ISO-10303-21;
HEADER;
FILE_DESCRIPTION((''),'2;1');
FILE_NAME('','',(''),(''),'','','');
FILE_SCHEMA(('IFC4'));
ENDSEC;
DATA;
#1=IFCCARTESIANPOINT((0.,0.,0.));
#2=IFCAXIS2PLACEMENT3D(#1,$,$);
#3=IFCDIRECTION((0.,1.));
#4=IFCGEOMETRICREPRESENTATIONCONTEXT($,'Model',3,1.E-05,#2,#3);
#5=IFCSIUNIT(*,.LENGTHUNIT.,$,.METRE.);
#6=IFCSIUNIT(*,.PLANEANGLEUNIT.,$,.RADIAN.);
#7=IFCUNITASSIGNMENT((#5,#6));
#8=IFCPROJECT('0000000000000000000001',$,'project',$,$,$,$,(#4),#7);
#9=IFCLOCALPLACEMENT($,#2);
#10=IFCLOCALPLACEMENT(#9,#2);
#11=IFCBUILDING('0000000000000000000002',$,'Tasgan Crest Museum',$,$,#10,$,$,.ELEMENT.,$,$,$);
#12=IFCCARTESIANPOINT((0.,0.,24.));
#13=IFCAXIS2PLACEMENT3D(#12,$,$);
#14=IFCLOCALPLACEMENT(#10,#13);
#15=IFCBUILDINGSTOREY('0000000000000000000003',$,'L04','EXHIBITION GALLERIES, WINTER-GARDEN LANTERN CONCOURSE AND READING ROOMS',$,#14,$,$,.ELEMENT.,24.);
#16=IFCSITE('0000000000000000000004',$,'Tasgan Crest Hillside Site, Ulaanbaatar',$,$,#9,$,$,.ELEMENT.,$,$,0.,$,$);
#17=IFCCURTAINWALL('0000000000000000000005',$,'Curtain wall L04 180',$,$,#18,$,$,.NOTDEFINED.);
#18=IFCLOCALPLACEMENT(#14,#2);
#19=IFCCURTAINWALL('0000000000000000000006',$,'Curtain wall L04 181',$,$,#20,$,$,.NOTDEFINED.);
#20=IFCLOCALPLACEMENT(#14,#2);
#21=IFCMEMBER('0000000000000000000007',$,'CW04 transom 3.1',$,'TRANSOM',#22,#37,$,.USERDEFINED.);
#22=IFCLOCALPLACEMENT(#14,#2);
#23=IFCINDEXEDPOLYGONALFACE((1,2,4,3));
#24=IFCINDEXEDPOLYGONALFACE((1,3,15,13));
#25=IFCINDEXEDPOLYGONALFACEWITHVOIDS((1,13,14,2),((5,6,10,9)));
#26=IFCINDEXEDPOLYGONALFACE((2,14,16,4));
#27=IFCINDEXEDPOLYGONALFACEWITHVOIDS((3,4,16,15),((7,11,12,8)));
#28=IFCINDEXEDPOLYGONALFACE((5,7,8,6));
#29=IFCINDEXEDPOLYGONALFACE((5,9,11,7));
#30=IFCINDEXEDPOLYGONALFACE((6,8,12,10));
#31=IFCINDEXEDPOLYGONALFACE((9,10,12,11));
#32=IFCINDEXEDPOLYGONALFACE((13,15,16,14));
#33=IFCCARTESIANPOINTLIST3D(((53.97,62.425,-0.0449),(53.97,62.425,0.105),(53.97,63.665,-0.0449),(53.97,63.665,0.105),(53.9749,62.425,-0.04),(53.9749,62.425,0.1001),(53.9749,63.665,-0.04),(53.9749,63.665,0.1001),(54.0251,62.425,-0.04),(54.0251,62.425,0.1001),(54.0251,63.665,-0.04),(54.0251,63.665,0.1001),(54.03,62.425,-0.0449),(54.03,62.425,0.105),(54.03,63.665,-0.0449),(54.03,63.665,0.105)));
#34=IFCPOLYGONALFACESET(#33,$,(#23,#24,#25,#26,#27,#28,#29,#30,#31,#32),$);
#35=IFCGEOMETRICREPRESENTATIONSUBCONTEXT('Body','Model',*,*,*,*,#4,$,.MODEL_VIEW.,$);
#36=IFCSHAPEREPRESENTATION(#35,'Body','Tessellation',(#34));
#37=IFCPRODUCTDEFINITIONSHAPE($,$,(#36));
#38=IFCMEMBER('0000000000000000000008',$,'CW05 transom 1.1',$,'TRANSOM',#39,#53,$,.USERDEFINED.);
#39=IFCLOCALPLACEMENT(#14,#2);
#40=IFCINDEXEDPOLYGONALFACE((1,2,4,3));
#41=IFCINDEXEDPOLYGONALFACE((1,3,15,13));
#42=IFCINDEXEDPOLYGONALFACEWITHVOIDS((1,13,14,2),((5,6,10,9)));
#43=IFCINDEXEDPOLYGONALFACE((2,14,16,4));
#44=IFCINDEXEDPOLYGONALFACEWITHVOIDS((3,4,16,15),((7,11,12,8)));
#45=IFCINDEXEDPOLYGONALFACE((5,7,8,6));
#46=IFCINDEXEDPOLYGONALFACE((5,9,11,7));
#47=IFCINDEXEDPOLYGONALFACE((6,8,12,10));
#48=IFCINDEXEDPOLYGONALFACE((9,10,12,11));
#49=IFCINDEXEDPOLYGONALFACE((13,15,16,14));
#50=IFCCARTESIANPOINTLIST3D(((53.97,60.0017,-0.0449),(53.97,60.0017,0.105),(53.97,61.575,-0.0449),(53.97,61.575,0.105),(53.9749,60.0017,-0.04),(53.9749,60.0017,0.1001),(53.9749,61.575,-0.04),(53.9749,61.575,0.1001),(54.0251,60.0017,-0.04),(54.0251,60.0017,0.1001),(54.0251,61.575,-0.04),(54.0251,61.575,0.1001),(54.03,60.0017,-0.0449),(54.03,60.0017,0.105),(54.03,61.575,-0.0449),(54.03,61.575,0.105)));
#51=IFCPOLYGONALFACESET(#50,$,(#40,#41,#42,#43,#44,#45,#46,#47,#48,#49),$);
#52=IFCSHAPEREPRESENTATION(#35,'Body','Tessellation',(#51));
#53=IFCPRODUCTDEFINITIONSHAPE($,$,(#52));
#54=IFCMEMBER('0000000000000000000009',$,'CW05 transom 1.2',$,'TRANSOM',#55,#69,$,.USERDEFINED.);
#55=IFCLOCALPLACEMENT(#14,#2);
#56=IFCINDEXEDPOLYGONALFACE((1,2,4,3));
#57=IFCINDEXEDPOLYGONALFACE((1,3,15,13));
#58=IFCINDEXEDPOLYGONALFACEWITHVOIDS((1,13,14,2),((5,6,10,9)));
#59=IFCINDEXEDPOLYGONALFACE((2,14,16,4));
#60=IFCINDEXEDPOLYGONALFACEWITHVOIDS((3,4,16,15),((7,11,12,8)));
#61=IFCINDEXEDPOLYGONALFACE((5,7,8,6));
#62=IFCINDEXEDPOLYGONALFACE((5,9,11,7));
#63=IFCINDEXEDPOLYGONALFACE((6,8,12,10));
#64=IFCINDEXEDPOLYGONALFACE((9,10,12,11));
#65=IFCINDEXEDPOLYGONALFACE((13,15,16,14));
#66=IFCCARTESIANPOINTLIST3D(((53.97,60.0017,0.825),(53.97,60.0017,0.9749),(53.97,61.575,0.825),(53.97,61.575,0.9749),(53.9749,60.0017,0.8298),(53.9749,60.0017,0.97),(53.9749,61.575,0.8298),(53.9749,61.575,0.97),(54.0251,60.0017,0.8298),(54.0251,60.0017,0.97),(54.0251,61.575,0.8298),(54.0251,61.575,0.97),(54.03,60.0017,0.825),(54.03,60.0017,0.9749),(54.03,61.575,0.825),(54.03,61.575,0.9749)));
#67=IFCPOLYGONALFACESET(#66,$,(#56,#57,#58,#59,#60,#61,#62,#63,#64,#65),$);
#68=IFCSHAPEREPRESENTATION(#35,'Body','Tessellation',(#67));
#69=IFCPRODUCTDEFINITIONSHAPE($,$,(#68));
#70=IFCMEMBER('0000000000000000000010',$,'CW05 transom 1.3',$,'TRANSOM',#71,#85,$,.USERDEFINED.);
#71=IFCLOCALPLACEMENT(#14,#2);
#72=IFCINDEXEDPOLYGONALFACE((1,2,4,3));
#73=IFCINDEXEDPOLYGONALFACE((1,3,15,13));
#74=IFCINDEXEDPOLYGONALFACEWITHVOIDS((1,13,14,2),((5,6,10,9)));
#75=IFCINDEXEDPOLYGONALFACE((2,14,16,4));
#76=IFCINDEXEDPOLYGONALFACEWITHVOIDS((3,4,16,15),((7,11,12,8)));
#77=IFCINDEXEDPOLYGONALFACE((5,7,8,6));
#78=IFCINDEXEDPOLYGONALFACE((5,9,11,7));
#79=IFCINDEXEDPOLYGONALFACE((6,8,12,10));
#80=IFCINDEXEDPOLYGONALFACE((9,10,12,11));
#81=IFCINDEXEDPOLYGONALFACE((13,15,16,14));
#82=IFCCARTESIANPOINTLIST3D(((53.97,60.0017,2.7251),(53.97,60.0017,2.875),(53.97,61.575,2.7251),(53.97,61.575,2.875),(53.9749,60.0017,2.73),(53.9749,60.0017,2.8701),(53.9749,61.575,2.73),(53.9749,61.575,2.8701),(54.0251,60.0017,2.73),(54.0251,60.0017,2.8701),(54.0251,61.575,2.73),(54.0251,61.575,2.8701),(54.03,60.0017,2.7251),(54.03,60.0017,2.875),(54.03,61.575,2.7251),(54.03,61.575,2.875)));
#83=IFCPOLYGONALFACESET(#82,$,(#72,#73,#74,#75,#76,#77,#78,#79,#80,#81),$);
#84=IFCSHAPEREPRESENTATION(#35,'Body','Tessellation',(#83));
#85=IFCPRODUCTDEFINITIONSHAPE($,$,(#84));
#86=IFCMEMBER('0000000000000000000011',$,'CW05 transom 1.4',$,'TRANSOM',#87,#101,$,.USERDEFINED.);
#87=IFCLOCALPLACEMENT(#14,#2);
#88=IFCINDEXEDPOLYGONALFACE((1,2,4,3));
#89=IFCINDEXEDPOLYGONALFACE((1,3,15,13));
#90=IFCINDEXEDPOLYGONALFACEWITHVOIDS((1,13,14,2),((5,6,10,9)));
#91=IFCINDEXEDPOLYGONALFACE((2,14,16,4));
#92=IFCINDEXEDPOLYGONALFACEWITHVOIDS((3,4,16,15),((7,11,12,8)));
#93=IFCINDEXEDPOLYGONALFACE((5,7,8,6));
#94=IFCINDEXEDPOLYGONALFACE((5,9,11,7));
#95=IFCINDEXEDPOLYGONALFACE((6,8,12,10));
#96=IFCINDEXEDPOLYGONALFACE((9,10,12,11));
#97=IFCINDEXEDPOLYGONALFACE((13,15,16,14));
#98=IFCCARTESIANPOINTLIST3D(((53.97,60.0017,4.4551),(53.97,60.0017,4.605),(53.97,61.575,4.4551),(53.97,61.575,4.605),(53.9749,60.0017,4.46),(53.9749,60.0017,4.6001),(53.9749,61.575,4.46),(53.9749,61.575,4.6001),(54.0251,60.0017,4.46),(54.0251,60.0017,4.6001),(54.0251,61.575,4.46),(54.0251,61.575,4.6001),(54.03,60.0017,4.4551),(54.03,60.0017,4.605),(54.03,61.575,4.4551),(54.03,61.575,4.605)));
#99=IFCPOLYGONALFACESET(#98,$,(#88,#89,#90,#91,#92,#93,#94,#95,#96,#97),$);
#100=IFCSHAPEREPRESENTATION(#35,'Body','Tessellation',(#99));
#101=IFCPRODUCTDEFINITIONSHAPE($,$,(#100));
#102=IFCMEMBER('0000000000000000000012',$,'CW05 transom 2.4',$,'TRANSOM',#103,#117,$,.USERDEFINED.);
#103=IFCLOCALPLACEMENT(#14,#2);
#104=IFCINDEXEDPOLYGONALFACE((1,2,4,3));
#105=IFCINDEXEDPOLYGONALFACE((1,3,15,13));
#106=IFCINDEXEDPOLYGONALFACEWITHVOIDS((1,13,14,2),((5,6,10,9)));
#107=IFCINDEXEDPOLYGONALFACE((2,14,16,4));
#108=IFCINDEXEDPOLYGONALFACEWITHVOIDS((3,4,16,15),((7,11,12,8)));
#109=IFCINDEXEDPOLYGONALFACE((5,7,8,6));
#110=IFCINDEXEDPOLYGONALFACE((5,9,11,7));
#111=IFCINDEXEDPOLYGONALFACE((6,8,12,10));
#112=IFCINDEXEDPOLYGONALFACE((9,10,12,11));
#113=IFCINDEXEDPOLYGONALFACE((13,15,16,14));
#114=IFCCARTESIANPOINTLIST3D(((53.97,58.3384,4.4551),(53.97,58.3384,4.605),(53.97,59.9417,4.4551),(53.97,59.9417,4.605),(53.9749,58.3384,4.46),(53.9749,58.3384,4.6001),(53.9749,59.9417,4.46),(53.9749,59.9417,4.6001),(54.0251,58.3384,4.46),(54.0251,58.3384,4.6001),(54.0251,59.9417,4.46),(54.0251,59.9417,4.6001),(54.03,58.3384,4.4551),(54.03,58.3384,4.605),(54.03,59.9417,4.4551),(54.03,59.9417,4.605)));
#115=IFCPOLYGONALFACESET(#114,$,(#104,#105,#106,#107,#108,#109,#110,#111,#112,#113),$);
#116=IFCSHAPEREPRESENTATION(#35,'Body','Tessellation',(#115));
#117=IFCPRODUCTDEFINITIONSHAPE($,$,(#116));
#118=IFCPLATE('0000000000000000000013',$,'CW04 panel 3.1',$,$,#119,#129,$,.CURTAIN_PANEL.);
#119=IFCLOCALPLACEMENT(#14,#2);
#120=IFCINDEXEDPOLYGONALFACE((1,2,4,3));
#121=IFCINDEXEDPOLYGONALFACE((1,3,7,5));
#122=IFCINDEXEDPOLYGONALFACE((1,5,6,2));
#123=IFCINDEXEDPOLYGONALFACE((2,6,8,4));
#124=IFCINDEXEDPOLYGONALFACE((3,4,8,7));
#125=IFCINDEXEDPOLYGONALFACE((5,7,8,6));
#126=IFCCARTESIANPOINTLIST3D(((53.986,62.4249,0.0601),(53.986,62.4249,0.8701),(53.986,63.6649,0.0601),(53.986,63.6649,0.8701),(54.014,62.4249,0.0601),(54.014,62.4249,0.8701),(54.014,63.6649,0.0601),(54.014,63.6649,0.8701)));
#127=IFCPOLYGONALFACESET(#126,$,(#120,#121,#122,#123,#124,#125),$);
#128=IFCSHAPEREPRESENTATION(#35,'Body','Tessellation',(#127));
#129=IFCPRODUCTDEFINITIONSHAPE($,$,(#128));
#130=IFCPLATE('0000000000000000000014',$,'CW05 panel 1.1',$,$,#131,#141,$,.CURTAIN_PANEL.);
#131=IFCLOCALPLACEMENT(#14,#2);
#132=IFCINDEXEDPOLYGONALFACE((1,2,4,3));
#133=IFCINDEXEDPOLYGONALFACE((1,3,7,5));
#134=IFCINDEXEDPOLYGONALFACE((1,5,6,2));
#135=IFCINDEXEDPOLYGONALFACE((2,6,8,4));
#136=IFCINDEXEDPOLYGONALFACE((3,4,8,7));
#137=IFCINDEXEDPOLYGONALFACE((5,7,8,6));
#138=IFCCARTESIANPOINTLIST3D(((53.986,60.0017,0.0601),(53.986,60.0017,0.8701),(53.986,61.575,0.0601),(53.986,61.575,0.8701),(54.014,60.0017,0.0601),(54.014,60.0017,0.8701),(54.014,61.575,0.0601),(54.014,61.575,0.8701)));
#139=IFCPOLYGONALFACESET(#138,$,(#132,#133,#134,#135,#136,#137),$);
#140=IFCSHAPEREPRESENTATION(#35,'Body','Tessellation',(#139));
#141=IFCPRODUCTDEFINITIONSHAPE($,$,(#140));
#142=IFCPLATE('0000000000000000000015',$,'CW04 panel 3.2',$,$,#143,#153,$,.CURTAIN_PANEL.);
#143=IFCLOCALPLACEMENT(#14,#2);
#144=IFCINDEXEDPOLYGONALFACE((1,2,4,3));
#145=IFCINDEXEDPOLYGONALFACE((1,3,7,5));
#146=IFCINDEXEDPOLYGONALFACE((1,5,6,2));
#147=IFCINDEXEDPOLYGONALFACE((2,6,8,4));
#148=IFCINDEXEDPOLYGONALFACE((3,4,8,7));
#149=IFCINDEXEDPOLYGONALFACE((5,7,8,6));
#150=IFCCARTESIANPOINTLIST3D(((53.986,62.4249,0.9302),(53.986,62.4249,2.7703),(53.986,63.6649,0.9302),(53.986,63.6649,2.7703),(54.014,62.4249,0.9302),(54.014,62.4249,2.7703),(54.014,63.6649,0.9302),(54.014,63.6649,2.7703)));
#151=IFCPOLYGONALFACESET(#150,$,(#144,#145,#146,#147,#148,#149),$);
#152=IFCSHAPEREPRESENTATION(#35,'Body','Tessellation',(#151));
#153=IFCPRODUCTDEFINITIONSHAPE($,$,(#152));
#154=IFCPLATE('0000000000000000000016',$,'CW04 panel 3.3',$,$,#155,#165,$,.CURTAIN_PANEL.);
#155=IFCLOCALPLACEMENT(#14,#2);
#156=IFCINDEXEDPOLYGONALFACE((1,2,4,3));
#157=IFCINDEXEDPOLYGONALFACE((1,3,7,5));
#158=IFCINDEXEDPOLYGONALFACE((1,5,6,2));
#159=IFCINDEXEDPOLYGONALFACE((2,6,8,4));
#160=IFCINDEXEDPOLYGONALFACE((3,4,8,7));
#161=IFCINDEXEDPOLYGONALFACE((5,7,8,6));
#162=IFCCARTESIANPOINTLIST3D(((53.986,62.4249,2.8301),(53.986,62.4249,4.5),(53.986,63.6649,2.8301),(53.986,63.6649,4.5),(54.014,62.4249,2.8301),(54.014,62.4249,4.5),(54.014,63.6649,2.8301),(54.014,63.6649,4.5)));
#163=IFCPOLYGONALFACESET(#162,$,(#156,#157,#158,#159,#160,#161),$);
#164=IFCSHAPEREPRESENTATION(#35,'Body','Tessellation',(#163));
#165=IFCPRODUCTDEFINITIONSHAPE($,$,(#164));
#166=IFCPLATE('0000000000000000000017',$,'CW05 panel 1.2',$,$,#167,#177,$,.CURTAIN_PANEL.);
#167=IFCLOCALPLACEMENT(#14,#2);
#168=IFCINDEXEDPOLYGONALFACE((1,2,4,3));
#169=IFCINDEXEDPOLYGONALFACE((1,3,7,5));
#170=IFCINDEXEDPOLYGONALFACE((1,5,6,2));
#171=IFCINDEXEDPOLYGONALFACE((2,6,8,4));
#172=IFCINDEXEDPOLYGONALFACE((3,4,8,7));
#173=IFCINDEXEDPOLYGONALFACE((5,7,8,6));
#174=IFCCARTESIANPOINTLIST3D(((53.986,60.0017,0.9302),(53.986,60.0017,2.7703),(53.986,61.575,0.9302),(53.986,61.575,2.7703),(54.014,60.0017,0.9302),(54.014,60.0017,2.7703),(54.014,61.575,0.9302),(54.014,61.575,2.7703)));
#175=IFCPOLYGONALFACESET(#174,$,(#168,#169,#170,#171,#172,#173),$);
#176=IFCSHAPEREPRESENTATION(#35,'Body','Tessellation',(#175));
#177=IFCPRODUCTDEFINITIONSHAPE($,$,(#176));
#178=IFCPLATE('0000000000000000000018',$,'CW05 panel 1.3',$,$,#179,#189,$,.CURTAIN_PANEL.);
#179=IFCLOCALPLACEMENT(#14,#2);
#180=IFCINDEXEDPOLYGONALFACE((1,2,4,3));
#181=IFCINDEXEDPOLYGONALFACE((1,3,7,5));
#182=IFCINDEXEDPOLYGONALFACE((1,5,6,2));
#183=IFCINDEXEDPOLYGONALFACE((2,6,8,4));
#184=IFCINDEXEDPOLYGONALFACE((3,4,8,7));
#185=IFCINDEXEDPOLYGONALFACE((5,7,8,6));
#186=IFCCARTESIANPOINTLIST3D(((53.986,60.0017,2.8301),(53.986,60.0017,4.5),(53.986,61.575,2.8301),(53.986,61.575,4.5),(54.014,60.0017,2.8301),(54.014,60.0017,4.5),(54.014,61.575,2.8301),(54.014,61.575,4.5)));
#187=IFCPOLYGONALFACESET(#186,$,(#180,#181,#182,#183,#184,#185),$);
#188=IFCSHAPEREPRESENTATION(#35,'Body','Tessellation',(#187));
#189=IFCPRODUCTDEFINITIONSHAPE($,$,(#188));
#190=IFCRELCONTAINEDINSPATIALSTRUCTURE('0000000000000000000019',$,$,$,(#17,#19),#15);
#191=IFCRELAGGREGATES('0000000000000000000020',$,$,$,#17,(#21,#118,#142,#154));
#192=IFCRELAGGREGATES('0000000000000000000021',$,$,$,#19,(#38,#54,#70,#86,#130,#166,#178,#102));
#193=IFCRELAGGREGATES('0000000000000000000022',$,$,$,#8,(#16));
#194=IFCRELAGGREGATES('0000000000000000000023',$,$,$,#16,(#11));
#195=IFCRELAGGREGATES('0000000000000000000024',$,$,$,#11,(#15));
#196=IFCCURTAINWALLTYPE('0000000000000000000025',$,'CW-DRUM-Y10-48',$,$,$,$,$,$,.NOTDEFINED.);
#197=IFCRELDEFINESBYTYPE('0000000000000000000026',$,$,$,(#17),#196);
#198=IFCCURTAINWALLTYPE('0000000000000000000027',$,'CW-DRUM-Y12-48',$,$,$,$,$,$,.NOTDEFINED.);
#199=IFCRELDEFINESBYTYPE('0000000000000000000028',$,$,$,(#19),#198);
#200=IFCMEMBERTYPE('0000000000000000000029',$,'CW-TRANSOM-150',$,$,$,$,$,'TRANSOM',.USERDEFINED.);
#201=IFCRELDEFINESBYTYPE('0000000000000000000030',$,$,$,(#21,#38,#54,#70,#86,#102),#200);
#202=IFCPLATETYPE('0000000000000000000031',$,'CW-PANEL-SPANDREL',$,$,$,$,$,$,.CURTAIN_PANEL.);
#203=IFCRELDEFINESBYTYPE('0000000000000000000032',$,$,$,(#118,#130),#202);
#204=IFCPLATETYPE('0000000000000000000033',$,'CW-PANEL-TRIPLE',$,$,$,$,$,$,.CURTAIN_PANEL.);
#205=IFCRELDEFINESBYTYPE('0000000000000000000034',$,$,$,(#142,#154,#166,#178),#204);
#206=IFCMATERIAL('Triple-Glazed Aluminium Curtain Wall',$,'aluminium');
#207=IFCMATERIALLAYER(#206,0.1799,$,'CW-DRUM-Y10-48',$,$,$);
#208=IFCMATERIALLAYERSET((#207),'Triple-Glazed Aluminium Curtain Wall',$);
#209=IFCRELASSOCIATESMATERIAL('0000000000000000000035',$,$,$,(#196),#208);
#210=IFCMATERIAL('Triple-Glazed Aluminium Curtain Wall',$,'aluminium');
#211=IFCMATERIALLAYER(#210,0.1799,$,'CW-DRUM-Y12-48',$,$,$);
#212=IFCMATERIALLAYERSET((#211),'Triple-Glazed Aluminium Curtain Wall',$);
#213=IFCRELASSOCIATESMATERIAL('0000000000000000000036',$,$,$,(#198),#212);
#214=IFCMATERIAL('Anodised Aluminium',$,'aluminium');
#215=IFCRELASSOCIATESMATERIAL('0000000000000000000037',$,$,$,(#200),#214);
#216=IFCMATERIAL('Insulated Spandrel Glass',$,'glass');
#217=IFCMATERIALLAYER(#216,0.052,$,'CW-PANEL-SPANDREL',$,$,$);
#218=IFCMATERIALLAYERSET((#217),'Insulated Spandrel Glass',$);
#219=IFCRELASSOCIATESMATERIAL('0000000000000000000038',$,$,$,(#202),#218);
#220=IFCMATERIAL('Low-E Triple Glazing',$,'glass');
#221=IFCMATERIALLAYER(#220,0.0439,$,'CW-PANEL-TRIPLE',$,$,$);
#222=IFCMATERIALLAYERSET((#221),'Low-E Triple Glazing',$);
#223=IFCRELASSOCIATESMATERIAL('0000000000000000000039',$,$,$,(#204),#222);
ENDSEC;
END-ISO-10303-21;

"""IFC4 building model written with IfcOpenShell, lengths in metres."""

from ifc_helpers import new_model, si_unit, direction, frame, origin, origin_2d, place, context, subcontext, project, spatial, rectangle, hollow_rectangle, extrude, material, layer, layer_set, material_profile, profile_set, type_object, element, aggregate, save


model = new_model("IFC4")

# Units and contexts
model_context = context("Model", 3, precision=1e-05, world=origin(), true_north=direction((0.0, 1.0)))
body_context = subcontext(model_context, "Body", "Model", "MODEL_VIEW")
ifc_project = project(units=[si_unit("LENGTHUNIT", "METRE"), si_unit("PLANEANGLEUNIT", "RADIAN")], contexts=[model_context])

# Site, building, storey
site_placement = place(None, origin())
site = spatial("IfcSite", under=ifc_project, at=site_placement, Name="Tasgan Crest Hillside Site, Ulaanbaatar", CompositionType="ELEMENT", RefElevation=0.0)
building_placement = place(site_placement, origin())
building = spatial("IfcBuilding", under=site, at=building_placement, Name="Tasgan Crest Museum", CompositionType="ELEMENT")
storey_placement = place(building_placement, frame((0.0, 0.0, 24.0)))
storey = spatial("IfcBuildingStorey", under=building, at=storey_placement, Name="L04", Description="EXHIBITION GALLERIES, WINTER-GARDEN LANTERN CONCOURSE AND READING ROOMS", CompositionType="ELEMENT", Elevation=24.0)

# Curtain wall
ifc_material_1 = material(Name="Triple-Glazed Aluminium Curtain Wall", Category="aluminium")
ifc_layer_1 = layer(ifc_material_1, 0.1799, Name="CW-DRUM-Y10-48")
ifc_layer_set_1 = layer_set([ifc_layer_1], Name="Triple-Glazed Aluminium Curtain Wall")
curtain_wall_type_1 = type_object("IfcCurtainWallType", Name="CW-DRUM-Y10-48", PredefinedType="NOTDEFINED", material=ifc_layer_set_1)
curtain_wall_1_placement = place(storey_placement, origin())
curtain_wall_1 = element("IfcCurtainWall", 1, at=curtain_wall_1_placement, inside=storey, type_object=curtain_wall_type_1, Name="Curtain wall L04 180", PredefinedType="NOTDEFINED")

# Curtain wall
ifc_material_2 = material(Name="Triple-Glazed Aluminium Curtain Wall", Category="aluminium")
ifc_layer_2 = layer(ifc_material_2, 0.1799, Name="CW-DRUM-Y12-48")
ifc_layer_set_2 = layer_set([ifc_layer_2], Name="Triple-Glazed Aluminium Curtain Wall")
curtain_wall_type_2 = type_object("IfcCurtainWallType", Name="CW-DRUM-Y12-48", PredefinedType="NOTDEFINED", material=ifc_layer_set_2)
curtain_wall_2_placement = place(storey_placement, origin())
curtain_wall_2 = element("IfcCurtainWall", 2, at=curtain_wall_2_placement, inside=storey, type_object=curtain_wall_type_2, Name="Curtain wall L04 181", PredefinedType="NOTDEFINED")

# Members
ifc_material_3 = material(Name="Anodised Aluminium", Category="aluminium")
ifc_material_profile_1 = material_profile(ifc_material_3, hollow_rectangle(XDim=0.0601, YDim=0.1499, WallThickness=0.0049, at=origin_2d()), Name="ALU TRANSOM 150x60x5")
ifc_profile_set_1 = profile_set([ifc_material_profile_1], Name="Anodised Aluminium")
member_type_1 = type_object("IfcMemberType", Name="CW-TRANSOM-150", ElementType="TRANSOM", PredefinedType="USERDEFINED", material=ifc_profile_set_1)
member_1_placement = place(storey_placement, frame((54.0, 63.665, 0.03), z_axis=(0.0, -1.0, 0.0), x_axis=(1.0, 0.0, 0.0)))
member_1 = element("IfcMember", 3, at=member_1_placement, type_object=member_type_1, Name="CW04 transom 3.1", ObjectType="TRANSOM", PredefinedType="USERDEFINED", context=body_context, shape_type="SweptSolid", body=[
    extrude(hollow_rectangle(XDim=0.0601, YDim=0.1499, WallThickness=0.0049, at=origin_2d()), origin(), (0.0, 0.0, 1.0), 1.24),
])
member_2_placement = place(storey_placement, frame((54.0, 61.575, 0.03), z_axis=(0.0, -1.0, 0.0), x_axis=(1.0, 0.0, 0.0)))
member_2 = element("IfcMember", 4, at=member_2_placement, type_object=member_type_1, Name="CW05 transom 1.1", ObjectType="TRANSOM", PredefinedType="USERDEFINED", context=body_context, shape_type="SweptSolid", body=[
    extrude(hollow_rectangle(XDim=0.0601, YDim=0.1499, WallThickness=0.0049, at=origin_2d()), origin(), (0.0, 0.0, 1.0), 1.5732),
])
member_3_placement = place(storey_placement, frame((54.0, 61.575, 0.8999), z_axis=(0.0, -1.0, 0.0), x_axis=(1.0, 0.0, 0.0)))
member_3 = element("IfcMember", 5, at=member_3_placement, type_object=member_type_1, Name="CW05 transom 1.2", ObjectType="TRANSOM", PredefinedType="USERDEFINED", context=body_context, shape_type="SweptSolid", body=[
    extrude(hollow_rectangle(XDim=0.0601, YDim=0.1499, WallThickness=0.0049, at=origin_2d()), origin(), (0.0, 0.0, 1.0), 1.5732),
])
member_4_placement = place(storey_placement, frame((54.0, 61.575, 2.8), z_axis=(0.0, -1.0, 0.0), x_axis=(1.0, 0.0, 0.0)))
member_4 = element("IfcMember", 6, at=member_4_placement, type_object=member_type_1, Name="CW05 transom 1.3", ObjectType="TRANSOM", PredefinedType="USERDEFINED", context=body_context, shape_type="SweptSolid", body=[
    extrude(hollow_rectangle(XDim=0.0601, YDim=0.1499, WallThickness=0.0049, at=origin_2d()), origin(), (0.0, 0.0, 1.0), 1.5732),
])
member_5_placement = place(storey_placement, frame((54.0, 61.575, 4.53), z_axis=(0.0, -1.0, 0.0), x_axis=(1.0, 0.0, 0.0)))
member_5 = element("IfcMember", 7, at=member_5_placement, type_object=member_type_1, Name="CW05 transom 1.4", ObjectType="TRANSOM", PredefinedType="USERDEFINED", context=body_context, shape_type="SweptSolid", body=[
    extrude(hollow_rectangle(XDim=0.0601, YDim=0.1499, WallThickness=0.0049, at=origin_2d()), origin(), (0.0, 0.0, 1.0), 1.5732),
])
member_6_placement = place(storey_placement, frame((54.0, 59.9417, 4.53), z_axis=(0.0, -1.0, 0.0), x_axis=(1.0, 0.0, 0.0)))
member_6 = element("IfcMember", 8, at=member_6_placement, type_object=member_type_1, Name="CW05 transom 2.4", ObjectType="TRANSOM", PredefinedType="USERDEFINED", context=body_context, shape_type="SweptSolid", body=[
    extrude(hollow_rectangle(XDim=0.0601, YDim=0.1499, WallThickness=0.0049, at=origin_2d()), origin(), (0.0, 0.0, 1.0), 1.6033),
])

# Plates
ifc_material_4 = material(Name="Insulated Spandrel Glass", Category="glass")
ifc_layer_3 = layer(ifc_material_4, 0.052, Name="CW-PANEL-SPANDREL")
ifc_layer_set_3 = layer_set([ifc_layer_3], Name="Insulated Spandrel Glass")
plate_type_1 = type_object("IfcPlateType", Name="CW-PANEL-SPANDREL", PredefinedType="CURTAIN_PANEL", material=ifc_layer_set_3)
plate_1_placement = place(storey_placement, frame((54.0, 63.0449, 0.0601), z_axis=(0.0, 0.0, 1.0), x_axis=(0.0, -1.0, 0.0)))
plate_1 = element("IfcPlate", 9, at=plate_1_placement, type_object=plate_type_1, Name="CW04 panel 3.1", PredefinedType="CURTAIN_PANEL", context=body_context, shape_type="SweptSolid", body=[
    extrude(rectangle(XDim=1.24, YDim=0.0281, at=origin_2d()), origin(), (0.0, 0.0, 1.0), 0.8101),
])
plate_2_placement = place(storey_placement, frame((54.0, 60.7883, 0.0601), z_axis=(0.0, 0.0, 1.0), x_axis=(0.0, -1.0, 0.0)))
plate_2 = element("IfcPlate", 10, at=plate_2_placement, type_object=plate_type_1, Name="CW05 panel 1.1", PredefinedType="CURTAIN_PANEL", context=body_context, shape_type="SweptSolid", body=[
    extrude(rectangle(XDim=1.5732, YDim=0.0281, at=origin_2d()), origin(), (0.0, 0.0, 1.0), 0.8101),
])
ifc_material_5 = material(Name="Low-E Triple Glazing", Category="glass")
ifc_layer_4 = layer(ifc_material_5, 0.0439, Name="CW-PANEL-TRIPLE")
ifc_layer_set_4 = layer_set([ifc_layer_4], Name="Low-E Triple Glazing")
plate_type_2 = type_object("IfcPlateType", Name="CW-PANEL-TRIPLE", PredefinedType="CURTAIN_PANEL", material=ifc_layer_set_4)
plate_3_placement = place(storey_placement, frame((54.0, 63.0449, 0.9302), z_axis=(0.0, 0.0, 1.0), x_axis=(0.0, -1.0, 0.0)))
plate_3 = element("IfcPlate", 11, at=plate_3_placement, type_object=plate_type_2, Name="CW04 panel 3.2", PredefinedType="CURTAIN_PANEL", context=body_context, shape_type="SweptSolid", body=[
    extrude(rectangle(XDim=1.24, YDim=0.0281, at=origin_2d()), origin(), (0.0, 0.0, 1.0), 1.8401),
])
plate_4_placement = place(storey_placement, frame((54.0, 63.0449, 2.8301), z_axis=(0.0, 0.0, 1.0), x_axis=(0.0, -1.0, 0.0)))
plate_4 = element("IfcPlate", 12, at=plate_4_placement, type_object=plate_type_2, Name="CW04 panel 3.3", PredefinedType="CURTAIN_PANEL", context=body_context, shape_type="SweptSolid", body=[
    extrude(rectangle(XDim=1.24, YDim=0.0281, at=origin_2d()), origin(), (0.0, 0.0, 1.0), 1.6699),
])
aggregate(curtain_wall_1, [member_1, plate_1, plate_3, plate_4])
plate_5_placement = place(storey_placement, frame((54.0, 60.7883, 0.9302), z_axis=(0.0, 0.0, 1.0), x_axis=(0.0, -1.0, 0.0)))
plate_5 = element("IfcPlate", 13, at=plate_5_placement, type_object=plate_type_2, Name="CW05 panel 1.2", PredefinedType="CURTAIN_PANEL", context=body_context, shape_type="SweptSolid", body=[
    extrude(rectangle(XDim=1.5732, YDim=0.0281, at=origin_2d()), origin(), (0.0, 0.0, 1.0), 1.8401),
])
plate_6_placement = place(storey_placement, frame((54.0, 60.7883, 2.8301), z_axis=(0.0, 0.0, 1.0), x_axis=(0.0, -1.0, 0.0)))
plate_6 = element("IfcPlate", 14, at=plate_6_placement, type_object=plate_type_2, Name="CW05 panel 1.3", PredefinedType="CURTAIN_PANEL", context=body_context, shape_type="SweptSolid", body=[
    extrude(rectangle(XDim=1.5732, YDim=0.0281, at=origin_2d()), origin(), (0.0, 0.0, 1.0), 1.6699),
])
aggregate(curtain_wall_2, [member_2, member_3, member_4, member_5, plate_2, plate_5, plate_6, member_6])

save(model, "model.ifc")
